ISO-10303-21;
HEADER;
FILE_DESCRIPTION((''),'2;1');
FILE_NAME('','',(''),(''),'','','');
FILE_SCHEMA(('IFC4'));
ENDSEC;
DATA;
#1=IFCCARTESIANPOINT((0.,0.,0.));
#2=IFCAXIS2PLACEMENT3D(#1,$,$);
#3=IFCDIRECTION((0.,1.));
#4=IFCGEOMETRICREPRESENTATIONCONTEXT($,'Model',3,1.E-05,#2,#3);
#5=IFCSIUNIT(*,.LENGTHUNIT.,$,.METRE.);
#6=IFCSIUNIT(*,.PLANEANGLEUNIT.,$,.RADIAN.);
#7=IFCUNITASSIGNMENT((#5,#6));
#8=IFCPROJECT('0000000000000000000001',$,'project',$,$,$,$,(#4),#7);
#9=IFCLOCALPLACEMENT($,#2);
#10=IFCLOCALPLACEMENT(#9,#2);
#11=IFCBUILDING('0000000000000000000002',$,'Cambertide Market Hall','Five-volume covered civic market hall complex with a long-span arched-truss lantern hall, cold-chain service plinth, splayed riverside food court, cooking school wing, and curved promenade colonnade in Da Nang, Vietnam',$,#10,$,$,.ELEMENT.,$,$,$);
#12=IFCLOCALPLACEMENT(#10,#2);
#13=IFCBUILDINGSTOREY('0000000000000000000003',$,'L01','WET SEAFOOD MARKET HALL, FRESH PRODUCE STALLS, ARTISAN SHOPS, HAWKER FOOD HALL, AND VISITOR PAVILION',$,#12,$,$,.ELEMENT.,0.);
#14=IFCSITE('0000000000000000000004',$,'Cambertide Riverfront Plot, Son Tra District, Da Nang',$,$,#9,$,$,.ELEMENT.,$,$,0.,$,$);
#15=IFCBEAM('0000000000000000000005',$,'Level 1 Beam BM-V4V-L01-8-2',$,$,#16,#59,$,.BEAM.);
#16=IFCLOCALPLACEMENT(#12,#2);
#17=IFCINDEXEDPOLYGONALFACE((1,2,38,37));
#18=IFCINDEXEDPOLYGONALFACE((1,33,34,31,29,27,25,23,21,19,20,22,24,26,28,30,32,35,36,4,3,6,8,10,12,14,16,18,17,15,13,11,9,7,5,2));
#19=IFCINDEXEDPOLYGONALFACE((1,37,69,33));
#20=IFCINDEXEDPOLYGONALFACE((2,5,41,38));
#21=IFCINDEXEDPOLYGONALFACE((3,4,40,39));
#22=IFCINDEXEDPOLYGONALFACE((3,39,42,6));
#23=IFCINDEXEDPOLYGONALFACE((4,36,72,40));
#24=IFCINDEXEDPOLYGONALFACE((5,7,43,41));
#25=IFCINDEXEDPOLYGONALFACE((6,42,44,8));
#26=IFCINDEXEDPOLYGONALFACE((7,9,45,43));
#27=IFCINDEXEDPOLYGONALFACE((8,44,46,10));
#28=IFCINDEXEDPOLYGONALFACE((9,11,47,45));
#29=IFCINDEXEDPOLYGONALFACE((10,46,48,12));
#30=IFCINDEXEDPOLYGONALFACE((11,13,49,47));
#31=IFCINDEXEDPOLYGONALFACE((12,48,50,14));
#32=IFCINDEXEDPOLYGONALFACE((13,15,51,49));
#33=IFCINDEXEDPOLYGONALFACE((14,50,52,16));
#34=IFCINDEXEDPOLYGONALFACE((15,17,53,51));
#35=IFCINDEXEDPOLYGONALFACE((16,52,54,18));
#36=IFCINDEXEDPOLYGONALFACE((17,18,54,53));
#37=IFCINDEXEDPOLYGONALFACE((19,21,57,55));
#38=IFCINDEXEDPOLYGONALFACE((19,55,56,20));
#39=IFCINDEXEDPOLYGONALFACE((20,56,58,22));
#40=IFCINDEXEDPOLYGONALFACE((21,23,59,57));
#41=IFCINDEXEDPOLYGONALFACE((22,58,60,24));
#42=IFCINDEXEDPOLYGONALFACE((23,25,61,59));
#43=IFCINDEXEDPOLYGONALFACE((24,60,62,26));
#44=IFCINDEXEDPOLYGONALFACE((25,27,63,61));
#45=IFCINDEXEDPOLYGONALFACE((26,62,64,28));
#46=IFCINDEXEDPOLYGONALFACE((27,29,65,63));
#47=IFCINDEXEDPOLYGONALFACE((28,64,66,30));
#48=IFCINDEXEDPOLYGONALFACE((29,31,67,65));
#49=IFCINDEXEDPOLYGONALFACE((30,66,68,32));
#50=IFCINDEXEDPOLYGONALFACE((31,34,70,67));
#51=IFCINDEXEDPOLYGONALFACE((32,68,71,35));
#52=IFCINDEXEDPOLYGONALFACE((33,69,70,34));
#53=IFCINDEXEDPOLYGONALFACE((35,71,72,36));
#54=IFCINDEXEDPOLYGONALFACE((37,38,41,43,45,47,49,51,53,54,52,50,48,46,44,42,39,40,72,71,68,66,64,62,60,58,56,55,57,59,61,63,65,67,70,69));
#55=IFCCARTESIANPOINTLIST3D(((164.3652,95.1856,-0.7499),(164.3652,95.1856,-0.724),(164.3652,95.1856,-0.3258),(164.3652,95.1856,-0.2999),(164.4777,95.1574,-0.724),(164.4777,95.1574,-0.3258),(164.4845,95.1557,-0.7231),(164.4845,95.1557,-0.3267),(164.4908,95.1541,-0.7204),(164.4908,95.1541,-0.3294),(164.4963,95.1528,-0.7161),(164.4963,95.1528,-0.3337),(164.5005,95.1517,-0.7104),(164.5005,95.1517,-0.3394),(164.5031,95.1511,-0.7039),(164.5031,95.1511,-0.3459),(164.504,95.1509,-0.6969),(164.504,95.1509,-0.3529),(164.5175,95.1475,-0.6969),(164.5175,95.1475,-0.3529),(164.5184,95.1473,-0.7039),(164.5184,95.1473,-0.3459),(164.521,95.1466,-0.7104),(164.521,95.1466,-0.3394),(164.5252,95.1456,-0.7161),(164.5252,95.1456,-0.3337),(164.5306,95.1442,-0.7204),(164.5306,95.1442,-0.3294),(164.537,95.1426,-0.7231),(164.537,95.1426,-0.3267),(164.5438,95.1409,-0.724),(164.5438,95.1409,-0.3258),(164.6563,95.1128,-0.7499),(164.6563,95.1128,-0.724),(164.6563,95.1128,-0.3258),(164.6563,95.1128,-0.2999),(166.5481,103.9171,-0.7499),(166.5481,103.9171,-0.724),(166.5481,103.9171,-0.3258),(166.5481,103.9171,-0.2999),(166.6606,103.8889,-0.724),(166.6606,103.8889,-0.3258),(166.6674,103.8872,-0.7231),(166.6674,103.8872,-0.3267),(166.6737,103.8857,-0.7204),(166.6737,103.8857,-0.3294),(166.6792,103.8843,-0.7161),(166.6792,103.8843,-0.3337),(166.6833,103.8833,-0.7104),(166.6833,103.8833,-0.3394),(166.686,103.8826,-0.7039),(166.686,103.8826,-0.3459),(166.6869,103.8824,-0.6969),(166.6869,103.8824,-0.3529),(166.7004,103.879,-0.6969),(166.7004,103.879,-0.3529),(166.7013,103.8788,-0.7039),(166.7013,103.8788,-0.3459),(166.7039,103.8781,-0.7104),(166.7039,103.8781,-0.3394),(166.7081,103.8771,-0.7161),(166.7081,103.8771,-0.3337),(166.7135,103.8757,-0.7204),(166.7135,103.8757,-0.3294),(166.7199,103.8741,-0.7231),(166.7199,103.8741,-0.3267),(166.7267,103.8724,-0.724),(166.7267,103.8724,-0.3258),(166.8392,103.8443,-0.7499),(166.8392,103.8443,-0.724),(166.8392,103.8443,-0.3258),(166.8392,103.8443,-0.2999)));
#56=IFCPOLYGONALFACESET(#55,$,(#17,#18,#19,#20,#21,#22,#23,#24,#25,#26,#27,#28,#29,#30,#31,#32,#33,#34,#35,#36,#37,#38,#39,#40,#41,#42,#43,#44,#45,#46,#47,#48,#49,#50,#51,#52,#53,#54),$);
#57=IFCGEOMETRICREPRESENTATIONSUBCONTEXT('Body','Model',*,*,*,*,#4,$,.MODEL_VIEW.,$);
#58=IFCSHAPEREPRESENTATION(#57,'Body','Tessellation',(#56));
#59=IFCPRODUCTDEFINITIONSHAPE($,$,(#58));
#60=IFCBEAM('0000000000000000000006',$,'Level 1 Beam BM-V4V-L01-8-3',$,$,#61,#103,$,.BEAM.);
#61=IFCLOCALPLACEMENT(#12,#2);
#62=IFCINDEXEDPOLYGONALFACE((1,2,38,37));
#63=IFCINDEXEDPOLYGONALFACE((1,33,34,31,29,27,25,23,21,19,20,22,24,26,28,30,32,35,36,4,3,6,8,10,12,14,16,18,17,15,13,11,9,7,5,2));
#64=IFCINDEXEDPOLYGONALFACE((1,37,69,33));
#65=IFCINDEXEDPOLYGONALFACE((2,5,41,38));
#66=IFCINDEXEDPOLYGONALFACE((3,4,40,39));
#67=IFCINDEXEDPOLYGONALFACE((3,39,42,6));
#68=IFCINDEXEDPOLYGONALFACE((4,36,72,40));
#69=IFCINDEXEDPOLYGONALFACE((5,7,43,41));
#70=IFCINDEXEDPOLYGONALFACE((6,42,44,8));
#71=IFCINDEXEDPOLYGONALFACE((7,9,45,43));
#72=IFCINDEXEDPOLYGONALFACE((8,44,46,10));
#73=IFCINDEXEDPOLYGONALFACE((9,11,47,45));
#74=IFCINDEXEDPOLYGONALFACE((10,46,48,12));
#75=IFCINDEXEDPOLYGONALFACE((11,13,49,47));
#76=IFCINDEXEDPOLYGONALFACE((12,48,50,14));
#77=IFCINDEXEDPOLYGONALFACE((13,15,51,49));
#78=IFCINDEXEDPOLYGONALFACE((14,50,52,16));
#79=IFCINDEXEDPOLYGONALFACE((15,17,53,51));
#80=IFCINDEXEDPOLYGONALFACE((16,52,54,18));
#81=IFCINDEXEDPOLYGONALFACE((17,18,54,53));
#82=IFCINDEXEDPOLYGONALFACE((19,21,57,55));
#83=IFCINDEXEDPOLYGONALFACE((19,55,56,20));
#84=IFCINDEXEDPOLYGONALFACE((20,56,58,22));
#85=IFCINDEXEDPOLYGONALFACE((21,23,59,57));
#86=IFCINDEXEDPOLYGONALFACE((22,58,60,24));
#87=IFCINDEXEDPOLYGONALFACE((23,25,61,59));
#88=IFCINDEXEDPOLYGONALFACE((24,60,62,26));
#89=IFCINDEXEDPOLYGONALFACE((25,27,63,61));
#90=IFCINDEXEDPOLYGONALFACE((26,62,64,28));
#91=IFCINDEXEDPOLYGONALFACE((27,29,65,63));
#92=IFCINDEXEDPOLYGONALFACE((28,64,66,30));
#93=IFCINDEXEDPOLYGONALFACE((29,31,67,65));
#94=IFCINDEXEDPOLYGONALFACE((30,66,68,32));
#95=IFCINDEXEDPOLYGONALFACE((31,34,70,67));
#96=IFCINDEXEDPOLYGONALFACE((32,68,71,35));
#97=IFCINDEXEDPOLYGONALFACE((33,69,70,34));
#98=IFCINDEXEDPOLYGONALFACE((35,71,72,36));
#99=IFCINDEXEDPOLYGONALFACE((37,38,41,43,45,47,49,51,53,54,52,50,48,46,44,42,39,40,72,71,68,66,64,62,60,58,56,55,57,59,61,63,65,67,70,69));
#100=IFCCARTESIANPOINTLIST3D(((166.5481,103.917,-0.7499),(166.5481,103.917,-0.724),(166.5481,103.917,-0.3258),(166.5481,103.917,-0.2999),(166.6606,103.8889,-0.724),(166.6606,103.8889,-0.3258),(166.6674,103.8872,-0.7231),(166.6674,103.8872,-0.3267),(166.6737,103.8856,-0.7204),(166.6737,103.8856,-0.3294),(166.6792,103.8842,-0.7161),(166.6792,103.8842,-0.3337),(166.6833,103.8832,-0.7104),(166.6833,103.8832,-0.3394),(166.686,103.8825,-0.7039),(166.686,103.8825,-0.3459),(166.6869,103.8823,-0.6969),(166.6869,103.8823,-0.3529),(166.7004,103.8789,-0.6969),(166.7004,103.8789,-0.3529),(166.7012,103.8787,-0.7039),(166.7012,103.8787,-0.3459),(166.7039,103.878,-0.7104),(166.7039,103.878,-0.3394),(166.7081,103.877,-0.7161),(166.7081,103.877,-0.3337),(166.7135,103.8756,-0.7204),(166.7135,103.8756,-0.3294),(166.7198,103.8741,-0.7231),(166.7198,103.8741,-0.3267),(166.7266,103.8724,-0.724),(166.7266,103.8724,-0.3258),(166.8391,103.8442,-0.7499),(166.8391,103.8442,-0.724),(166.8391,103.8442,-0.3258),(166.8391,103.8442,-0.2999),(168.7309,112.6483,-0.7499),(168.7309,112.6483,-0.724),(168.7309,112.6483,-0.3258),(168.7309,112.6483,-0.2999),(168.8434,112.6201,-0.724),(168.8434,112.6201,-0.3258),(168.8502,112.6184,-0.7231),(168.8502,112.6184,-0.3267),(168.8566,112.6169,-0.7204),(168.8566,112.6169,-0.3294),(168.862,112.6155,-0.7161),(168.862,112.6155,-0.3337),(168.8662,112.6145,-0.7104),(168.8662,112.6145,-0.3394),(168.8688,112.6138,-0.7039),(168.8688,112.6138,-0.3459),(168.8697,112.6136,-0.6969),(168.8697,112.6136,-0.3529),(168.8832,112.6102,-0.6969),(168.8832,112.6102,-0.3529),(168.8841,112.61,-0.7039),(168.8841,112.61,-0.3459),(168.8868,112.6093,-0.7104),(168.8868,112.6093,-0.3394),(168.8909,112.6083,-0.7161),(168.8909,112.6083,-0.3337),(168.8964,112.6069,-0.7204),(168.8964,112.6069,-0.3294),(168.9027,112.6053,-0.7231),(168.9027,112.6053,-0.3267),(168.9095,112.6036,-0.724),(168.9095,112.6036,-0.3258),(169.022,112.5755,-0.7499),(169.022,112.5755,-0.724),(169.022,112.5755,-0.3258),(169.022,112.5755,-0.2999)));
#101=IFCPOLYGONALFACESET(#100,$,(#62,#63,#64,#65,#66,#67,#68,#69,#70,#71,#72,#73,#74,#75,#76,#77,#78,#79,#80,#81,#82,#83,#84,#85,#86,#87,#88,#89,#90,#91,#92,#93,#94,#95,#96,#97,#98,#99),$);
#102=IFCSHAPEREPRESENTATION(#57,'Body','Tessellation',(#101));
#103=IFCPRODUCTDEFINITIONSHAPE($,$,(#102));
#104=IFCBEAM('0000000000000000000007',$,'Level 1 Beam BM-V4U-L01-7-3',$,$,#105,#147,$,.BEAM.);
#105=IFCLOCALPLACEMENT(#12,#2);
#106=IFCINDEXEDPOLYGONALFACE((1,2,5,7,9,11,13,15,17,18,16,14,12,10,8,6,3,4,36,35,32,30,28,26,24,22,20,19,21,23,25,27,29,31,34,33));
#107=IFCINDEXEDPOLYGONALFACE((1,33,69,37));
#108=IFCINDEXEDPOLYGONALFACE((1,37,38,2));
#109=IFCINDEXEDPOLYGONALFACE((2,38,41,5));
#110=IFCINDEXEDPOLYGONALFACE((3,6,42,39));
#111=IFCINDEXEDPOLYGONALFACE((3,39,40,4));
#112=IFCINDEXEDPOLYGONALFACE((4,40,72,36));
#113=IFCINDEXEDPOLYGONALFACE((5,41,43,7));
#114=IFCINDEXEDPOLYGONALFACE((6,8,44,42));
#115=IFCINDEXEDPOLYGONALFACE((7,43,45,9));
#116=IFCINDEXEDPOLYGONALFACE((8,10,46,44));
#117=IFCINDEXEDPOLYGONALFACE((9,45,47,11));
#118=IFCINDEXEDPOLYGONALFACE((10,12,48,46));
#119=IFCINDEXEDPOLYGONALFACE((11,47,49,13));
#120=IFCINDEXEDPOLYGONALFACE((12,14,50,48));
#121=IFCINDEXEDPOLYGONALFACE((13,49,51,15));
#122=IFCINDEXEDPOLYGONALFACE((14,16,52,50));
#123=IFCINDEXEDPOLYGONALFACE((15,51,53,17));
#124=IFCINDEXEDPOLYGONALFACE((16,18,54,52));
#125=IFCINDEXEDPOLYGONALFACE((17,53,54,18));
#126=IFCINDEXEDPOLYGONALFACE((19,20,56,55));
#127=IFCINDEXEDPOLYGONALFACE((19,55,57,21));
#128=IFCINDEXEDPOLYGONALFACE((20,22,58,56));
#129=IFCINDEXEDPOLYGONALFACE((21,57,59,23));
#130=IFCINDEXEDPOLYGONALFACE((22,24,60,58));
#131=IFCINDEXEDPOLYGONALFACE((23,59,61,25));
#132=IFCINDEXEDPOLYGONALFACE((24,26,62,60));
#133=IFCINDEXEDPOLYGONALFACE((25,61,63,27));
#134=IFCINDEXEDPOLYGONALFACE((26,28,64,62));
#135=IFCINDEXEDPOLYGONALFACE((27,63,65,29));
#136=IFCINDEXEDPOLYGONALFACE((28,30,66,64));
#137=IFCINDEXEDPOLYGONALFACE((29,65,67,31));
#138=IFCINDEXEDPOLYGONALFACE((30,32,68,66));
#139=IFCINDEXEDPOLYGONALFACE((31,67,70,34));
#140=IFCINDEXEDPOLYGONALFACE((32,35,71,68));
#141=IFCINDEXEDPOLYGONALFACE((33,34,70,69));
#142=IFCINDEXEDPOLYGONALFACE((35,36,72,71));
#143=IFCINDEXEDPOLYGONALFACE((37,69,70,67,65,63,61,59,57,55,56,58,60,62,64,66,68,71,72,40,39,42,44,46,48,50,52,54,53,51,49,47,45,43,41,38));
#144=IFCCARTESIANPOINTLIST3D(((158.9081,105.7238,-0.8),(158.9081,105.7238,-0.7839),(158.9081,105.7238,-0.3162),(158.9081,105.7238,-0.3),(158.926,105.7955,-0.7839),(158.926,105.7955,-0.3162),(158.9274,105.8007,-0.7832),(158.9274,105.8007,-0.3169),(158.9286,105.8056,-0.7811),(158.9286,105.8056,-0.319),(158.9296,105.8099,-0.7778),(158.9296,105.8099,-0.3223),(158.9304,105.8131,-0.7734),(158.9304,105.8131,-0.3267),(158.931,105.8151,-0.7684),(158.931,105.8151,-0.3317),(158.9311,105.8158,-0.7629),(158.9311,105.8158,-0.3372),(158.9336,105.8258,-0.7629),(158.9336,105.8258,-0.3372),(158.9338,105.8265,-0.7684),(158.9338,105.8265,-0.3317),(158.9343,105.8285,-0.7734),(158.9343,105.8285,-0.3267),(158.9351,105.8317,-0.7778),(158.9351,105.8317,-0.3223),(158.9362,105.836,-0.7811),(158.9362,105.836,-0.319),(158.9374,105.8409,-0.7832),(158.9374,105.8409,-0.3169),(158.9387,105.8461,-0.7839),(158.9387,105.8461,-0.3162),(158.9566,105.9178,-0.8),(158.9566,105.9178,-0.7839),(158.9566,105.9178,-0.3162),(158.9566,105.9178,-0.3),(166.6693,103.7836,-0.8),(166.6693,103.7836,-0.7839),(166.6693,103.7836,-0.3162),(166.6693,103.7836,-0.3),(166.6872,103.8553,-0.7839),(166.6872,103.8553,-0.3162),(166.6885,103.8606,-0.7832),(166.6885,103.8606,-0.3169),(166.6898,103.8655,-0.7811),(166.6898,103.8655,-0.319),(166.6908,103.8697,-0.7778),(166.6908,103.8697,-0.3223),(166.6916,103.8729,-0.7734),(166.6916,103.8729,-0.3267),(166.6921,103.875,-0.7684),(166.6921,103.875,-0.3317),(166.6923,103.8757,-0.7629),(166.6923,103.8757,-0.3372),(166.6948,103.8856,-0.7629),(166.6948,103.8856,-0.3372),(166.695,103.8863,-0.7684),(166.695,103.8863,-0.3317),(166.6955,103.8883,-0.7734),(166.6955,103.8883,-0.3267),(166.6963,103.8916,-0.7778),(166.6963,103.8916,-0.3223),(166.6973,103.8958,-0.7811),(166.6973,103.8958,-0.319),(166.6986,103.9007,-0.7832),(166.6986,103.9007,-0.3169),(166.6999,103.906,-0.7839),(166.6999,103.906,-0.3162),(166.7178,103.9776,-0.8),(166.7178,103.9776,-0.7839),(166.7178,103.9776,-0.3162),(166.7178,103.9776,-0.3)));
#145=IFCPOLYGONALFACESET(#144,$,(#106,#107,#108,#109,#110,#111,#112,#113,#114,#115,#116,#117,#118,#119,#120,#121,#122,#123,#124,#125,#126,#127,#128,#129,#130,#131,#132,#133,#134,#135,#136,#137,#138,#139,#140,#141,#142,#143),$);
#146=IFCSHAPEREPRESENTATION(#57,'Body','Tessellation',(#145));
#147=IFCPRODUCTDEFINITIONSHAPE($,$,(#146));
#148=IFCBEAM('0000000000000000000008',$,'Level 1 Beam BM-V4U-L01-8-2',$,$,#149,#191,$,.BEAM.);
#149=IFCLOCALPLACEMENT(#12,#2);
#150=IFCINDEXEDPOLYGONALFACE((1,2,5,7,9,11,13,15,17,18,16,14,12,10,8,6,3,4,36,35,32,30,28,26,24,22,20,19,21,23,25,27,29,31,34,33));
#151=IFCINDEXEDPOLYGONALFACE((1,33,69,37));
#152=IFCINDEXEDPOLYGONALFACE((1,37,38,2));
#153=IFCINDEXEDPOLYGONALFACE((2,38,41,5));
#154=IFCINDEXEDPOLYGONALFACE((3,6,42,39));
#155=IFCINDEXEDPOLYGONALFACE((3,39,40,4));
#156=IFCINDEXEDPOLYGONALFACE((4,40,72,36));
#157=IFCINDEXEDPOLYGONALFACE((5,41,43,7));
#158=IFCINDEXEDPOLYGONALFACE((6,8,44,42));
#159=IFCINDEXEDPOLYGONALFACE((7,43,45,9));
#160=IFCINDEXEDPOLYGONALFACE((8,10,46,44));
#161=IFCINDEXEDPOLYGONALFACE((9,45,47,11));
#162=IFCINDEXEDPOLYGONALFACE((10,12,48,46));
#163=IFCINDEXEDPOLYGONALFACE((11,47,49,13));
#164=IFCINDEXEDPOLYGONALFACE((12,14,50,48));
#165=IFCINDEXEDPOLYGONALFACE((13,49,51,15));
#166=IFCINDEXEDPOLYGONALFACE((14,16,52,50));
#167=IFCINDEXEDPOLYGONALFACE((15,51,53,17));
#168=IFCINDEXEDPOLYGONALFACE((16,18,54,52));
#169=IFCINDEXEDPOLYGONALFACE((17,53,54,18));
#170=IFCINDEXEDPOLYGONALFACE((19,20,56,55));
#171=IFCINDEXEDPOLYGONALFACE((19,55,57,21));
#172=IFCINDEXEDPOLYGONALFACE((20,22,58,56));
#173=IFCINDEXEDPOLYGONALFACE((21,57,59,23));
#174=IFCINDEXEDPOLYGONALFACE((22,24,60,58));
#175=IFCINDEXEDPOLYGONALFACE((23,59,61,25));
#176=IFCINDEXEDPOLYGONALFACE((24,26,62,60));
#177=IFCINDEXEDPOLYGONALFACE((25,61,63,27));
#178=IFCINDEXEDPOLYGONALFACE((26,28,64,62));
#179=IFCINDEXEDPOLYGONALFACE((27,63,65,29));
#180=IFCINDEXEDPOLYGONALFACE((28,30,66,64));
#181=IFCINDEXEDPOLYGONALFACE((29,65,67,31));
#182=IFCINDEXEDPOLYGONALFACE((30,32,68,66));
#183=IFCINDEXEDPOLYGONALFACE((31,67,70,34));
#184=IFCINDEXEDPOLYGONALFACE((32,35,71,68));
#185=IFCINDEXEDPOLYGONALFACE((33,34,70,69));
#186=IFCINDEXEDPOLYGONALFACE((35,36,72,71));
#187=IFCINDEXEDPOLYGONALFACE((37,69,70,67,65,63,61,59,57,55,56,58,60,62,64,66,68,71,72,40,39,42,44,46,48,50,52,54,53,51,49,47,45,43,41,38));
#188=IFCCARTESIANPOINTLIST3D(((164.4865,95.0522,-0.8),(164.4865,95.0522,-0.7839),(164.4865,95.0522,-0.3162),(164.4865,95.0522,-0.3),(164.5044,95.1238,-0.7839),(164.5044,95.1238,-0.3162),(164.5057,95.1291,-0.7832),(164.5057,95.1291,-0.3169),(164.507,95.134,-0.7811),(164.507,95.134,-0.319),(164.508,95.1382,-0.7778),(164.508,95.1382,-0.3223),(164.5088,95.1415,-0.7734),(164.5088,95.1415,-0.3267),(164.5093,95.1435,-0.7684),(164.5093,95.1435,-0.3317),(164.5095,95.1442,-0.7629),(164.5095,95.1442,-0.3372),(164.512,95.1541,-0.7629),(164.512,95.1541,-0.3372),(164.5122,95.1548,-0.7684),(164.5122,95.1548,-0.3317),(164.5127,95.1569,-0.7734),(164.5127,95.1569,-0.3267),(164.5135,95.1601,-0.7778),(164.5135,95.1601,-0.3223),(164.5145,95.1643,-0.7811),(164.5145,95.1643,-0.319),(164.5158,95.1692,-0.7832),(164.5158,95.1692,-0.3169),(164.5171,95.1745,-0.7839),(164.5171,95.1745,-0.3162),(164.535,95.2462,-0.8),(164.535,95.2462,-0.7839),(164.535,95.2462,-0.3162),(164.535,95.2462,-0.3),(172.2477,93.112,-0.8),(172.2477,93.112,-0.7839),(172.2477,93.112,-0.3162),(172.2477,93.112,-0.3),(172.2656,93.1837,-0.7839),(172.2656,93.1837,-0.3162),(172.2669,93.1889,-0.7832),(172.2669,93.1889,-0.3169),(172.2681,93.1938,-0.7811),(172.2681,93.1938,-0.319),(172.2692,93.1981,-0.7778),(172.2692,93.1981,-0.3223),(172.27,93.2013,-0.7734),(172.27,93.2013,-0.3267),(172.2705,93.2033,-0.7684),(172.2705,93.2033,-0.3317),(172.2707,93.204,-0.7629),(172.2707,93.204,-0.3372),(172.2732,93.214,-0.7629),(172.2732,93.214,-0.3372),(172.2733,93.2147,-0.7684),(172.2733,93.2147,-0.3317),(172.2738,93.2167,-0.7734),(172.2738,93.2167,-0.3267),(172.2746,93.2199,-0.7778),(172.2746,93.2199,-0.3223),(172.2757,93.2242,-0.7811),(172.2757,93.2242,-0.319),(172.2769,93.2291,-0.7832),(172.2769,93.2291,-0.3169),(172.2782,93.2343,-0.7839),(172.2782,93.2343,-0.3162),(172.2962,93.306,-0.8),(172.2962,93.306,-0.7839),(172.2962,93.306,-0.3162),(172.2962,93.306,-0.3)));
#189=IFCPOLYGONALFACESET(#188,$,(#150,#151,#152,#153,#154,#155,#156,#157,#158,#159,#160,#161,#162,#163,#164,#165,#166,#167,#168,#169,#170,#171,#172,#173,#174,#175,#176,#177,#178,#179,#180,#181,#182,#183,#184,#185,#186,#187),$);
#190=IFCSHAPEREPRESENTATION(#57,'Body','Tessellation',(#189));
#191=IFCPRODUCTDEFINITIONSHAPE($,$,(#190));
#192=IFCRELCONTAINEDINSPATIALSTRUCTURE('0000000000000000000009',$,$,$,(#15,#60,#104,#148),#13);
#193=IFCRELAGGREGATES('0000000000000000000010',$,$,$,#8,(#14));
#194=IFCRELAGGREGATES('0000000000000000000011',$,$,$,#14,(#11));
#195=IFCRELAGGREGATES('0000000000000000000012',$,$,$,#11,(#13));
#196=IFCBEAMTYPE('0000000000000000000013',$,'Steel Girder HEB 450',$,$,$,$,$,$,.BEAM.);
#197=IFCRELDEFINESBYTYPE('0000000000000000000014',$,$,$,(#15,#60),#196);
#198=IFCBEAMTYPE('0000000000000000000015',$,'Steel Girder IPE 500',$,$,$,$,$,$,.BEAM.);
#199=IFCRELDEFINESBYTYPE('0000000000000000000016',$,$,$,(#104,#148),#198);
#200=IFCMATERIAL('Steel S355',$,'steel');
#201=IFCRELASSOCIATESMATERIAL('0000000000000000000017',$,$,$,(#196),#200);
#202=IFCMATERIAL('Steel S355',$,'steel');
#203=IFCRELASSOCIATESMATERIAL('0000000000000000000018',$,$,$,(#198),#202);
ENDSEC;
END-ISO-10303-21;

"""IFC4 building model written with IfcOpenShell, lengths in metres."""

from ifc_helpers import new_model, si_unit, direction, frame, origin, origin_2d, place, context, subcontext, project, spatial, i_section, extrude, material, material_profile, profile_set, type_object, element, save


model = new_model("IFC4")

# Units and contexts
model_context = context("Model", 3, precision=1e-05, world=origin(), true_north=direction((0.0, 1.0)))
body_context = subcontext(model_context, "Body", "Model", "MODEL_VIEW")
ifc_project = project(units=[si_unit("LENGTHUNIT", "METRE"), si_unit("PLANEANGLEUNIT", "RADIAN")], contexts=[model_context])

# Site, building, storey
site_placement = place(None, origin())
site = spatial("IfcSite", under=ifc_project, at=site_placement, Name="Cambertide Riverfront Plot, Son Tra District, Da Nang", CompositionType="ELEMENT", RefElevation=0.0)
building_placement = place(site_placement, origin())
building = spatial("IfcBuilding", under=site, at=building_placement, Name="Cambertide Market Hall", Description="Five-volume covered civic market hall complex with a long-span arched-truss lantern hall, cold-chain service plinth, splayed riverside food court, cooking school wing, and curved promenade colonnade in Da Nang, Vietnam", CompositionType="ELEMENT")
storey_placement = place(building_placement, origin())
storey = spatial("IfcBuildingStorey", under=building, at=storey_placement, Name="L01", Description="WET SEAFOOD MARKET HALL, FRESH PRODUCE STALLS, ARTISAN SHOPS, HAWKER FOOD HALL, AND VISITOR PAVILION", CompositionType="ELEMENT", Elevation=0.0)

# Beams
ifc_material_1 = material(Name="Steel S355", Category="steel")
ifc_material_profile_1 = material_profile(ifc_material_1, i_section(OverallWidth=0.3, OverallDepth=0.45, WebThickness=0.0139, FlangeThickness=0.0259, FilletRadius=0.0271, at=origin_2d()), Name="HEB 450")
ifc_profile_set_1 = profile_set([ifc_material_profile_1], Name="Steel S355")
beam_type_1 = type_object("IfcBeamType", Name="Steel Girder HEB 450", PredefinedType="BEAM", material=ifc_profile_set_1)
for number, where, z_axis, x_axis, name in (
    (1, (164.5107, 95.1492, -0.5249), (0.242536, 0.970143, 0.0), (-0.970143, 0.242536, 0.0), "Level 1 Beam BM-V4V-L01-8-2"),
):
    element("IfcBeam", number, at=place(storey_placement, frame(where, z_axis=z_axis, x_axis=x_axis)), inside=storey, type_object=beam_type_1, Name=name, PredefinedType="BEAM", context=body_context, shape_type="SweptSolid", body=[
        extrude(i_section(OverallWidth=0.3, OverallDepth=0.45, WebThickness=0.0139, FlangeThickness=0.0259, FilletRadius=0.0271, at=origin_2d()), origin(), (0.0, 0.0, 1.0), 9.0002),
    ])
beam_1_placement = place(storey_placement, frame((166.6936, 103.8806, -0.5249), z_axis=(0.242542, 0.970141, 0.0), x_axis=(-0.970141, 0.242542, 0.0)))
element("IfcBeam", 2, at=beam_1_placement, inside=storey, type_object=beam_type_1, Name="Level 1 Beam BM-V4V-L01-8-3", PredefinedType="BEAM", context=body_context, shape_type="SweptSolid", body=[
    extrude(i_section(OverallWidth=0.3, OverallDepth=0.45, WebThickness=0.0139, FlangeThickness=0.0259, FilletRadius=0.0271, at=origin_2d()), origin(), (0.0, 0.0, 1.0), 9.0),
])
ifc_material_2 = material(Name="Steel S355", Category="steel")
ifc_material_profile_2 = material_profile(ifc_material_2, i_section(OverallWidth=0.2, OverallDepth=0.5, WebThickness=0.0103, FlangeThickness=0.0161, FilletRadius=0.021, at=origin_2d()), Name="IPE 500")
ifc_profile_set_2 = profile_set([ifc_material_profile_2], Name="Steel S355")
beam_type_2 = type_object("IfcBeamType", Name="Steel Girder IPE 500", PredefinedType="BEAM", material=ifc_profile_set_2)
for number, where, z_axis, x_axis, name in (
    (3, (158.9324, 105.8208, -0.55), (0.970146, -0.242521, 0.0), (0.242521, 0.970146, 0.0), "Level 1 Beam BM-V4U-L01-7-3"),
    (4, (164.5107, 95.1492, -0.55), (0.970146, -0.242521, 0.0), (0.242521, 0.970146, 0.0), "Level 1 Beam BM-V4U-L01-8-2"),
):
    element("IfcBeam", number, at=place(storey_placement, frame(where, z_axis=z_axis, x_axis=x_axis)), inside=storey, type_object=beam_type_2, Name=name, PredefinedType="BEAM", context=body_context, shape_type="SweptSolid", body=[
        extrude(i_section(OverallWidth=0.2, OverallDepth=0.5, WebThickness=0.0103, FlangeThickness=0.0161, FilletRadius=0.021, at=origin_2d()), origin(), (0.0, 0.0, 1.0), 8.0),
    ])

save(model, "model.ifc")
